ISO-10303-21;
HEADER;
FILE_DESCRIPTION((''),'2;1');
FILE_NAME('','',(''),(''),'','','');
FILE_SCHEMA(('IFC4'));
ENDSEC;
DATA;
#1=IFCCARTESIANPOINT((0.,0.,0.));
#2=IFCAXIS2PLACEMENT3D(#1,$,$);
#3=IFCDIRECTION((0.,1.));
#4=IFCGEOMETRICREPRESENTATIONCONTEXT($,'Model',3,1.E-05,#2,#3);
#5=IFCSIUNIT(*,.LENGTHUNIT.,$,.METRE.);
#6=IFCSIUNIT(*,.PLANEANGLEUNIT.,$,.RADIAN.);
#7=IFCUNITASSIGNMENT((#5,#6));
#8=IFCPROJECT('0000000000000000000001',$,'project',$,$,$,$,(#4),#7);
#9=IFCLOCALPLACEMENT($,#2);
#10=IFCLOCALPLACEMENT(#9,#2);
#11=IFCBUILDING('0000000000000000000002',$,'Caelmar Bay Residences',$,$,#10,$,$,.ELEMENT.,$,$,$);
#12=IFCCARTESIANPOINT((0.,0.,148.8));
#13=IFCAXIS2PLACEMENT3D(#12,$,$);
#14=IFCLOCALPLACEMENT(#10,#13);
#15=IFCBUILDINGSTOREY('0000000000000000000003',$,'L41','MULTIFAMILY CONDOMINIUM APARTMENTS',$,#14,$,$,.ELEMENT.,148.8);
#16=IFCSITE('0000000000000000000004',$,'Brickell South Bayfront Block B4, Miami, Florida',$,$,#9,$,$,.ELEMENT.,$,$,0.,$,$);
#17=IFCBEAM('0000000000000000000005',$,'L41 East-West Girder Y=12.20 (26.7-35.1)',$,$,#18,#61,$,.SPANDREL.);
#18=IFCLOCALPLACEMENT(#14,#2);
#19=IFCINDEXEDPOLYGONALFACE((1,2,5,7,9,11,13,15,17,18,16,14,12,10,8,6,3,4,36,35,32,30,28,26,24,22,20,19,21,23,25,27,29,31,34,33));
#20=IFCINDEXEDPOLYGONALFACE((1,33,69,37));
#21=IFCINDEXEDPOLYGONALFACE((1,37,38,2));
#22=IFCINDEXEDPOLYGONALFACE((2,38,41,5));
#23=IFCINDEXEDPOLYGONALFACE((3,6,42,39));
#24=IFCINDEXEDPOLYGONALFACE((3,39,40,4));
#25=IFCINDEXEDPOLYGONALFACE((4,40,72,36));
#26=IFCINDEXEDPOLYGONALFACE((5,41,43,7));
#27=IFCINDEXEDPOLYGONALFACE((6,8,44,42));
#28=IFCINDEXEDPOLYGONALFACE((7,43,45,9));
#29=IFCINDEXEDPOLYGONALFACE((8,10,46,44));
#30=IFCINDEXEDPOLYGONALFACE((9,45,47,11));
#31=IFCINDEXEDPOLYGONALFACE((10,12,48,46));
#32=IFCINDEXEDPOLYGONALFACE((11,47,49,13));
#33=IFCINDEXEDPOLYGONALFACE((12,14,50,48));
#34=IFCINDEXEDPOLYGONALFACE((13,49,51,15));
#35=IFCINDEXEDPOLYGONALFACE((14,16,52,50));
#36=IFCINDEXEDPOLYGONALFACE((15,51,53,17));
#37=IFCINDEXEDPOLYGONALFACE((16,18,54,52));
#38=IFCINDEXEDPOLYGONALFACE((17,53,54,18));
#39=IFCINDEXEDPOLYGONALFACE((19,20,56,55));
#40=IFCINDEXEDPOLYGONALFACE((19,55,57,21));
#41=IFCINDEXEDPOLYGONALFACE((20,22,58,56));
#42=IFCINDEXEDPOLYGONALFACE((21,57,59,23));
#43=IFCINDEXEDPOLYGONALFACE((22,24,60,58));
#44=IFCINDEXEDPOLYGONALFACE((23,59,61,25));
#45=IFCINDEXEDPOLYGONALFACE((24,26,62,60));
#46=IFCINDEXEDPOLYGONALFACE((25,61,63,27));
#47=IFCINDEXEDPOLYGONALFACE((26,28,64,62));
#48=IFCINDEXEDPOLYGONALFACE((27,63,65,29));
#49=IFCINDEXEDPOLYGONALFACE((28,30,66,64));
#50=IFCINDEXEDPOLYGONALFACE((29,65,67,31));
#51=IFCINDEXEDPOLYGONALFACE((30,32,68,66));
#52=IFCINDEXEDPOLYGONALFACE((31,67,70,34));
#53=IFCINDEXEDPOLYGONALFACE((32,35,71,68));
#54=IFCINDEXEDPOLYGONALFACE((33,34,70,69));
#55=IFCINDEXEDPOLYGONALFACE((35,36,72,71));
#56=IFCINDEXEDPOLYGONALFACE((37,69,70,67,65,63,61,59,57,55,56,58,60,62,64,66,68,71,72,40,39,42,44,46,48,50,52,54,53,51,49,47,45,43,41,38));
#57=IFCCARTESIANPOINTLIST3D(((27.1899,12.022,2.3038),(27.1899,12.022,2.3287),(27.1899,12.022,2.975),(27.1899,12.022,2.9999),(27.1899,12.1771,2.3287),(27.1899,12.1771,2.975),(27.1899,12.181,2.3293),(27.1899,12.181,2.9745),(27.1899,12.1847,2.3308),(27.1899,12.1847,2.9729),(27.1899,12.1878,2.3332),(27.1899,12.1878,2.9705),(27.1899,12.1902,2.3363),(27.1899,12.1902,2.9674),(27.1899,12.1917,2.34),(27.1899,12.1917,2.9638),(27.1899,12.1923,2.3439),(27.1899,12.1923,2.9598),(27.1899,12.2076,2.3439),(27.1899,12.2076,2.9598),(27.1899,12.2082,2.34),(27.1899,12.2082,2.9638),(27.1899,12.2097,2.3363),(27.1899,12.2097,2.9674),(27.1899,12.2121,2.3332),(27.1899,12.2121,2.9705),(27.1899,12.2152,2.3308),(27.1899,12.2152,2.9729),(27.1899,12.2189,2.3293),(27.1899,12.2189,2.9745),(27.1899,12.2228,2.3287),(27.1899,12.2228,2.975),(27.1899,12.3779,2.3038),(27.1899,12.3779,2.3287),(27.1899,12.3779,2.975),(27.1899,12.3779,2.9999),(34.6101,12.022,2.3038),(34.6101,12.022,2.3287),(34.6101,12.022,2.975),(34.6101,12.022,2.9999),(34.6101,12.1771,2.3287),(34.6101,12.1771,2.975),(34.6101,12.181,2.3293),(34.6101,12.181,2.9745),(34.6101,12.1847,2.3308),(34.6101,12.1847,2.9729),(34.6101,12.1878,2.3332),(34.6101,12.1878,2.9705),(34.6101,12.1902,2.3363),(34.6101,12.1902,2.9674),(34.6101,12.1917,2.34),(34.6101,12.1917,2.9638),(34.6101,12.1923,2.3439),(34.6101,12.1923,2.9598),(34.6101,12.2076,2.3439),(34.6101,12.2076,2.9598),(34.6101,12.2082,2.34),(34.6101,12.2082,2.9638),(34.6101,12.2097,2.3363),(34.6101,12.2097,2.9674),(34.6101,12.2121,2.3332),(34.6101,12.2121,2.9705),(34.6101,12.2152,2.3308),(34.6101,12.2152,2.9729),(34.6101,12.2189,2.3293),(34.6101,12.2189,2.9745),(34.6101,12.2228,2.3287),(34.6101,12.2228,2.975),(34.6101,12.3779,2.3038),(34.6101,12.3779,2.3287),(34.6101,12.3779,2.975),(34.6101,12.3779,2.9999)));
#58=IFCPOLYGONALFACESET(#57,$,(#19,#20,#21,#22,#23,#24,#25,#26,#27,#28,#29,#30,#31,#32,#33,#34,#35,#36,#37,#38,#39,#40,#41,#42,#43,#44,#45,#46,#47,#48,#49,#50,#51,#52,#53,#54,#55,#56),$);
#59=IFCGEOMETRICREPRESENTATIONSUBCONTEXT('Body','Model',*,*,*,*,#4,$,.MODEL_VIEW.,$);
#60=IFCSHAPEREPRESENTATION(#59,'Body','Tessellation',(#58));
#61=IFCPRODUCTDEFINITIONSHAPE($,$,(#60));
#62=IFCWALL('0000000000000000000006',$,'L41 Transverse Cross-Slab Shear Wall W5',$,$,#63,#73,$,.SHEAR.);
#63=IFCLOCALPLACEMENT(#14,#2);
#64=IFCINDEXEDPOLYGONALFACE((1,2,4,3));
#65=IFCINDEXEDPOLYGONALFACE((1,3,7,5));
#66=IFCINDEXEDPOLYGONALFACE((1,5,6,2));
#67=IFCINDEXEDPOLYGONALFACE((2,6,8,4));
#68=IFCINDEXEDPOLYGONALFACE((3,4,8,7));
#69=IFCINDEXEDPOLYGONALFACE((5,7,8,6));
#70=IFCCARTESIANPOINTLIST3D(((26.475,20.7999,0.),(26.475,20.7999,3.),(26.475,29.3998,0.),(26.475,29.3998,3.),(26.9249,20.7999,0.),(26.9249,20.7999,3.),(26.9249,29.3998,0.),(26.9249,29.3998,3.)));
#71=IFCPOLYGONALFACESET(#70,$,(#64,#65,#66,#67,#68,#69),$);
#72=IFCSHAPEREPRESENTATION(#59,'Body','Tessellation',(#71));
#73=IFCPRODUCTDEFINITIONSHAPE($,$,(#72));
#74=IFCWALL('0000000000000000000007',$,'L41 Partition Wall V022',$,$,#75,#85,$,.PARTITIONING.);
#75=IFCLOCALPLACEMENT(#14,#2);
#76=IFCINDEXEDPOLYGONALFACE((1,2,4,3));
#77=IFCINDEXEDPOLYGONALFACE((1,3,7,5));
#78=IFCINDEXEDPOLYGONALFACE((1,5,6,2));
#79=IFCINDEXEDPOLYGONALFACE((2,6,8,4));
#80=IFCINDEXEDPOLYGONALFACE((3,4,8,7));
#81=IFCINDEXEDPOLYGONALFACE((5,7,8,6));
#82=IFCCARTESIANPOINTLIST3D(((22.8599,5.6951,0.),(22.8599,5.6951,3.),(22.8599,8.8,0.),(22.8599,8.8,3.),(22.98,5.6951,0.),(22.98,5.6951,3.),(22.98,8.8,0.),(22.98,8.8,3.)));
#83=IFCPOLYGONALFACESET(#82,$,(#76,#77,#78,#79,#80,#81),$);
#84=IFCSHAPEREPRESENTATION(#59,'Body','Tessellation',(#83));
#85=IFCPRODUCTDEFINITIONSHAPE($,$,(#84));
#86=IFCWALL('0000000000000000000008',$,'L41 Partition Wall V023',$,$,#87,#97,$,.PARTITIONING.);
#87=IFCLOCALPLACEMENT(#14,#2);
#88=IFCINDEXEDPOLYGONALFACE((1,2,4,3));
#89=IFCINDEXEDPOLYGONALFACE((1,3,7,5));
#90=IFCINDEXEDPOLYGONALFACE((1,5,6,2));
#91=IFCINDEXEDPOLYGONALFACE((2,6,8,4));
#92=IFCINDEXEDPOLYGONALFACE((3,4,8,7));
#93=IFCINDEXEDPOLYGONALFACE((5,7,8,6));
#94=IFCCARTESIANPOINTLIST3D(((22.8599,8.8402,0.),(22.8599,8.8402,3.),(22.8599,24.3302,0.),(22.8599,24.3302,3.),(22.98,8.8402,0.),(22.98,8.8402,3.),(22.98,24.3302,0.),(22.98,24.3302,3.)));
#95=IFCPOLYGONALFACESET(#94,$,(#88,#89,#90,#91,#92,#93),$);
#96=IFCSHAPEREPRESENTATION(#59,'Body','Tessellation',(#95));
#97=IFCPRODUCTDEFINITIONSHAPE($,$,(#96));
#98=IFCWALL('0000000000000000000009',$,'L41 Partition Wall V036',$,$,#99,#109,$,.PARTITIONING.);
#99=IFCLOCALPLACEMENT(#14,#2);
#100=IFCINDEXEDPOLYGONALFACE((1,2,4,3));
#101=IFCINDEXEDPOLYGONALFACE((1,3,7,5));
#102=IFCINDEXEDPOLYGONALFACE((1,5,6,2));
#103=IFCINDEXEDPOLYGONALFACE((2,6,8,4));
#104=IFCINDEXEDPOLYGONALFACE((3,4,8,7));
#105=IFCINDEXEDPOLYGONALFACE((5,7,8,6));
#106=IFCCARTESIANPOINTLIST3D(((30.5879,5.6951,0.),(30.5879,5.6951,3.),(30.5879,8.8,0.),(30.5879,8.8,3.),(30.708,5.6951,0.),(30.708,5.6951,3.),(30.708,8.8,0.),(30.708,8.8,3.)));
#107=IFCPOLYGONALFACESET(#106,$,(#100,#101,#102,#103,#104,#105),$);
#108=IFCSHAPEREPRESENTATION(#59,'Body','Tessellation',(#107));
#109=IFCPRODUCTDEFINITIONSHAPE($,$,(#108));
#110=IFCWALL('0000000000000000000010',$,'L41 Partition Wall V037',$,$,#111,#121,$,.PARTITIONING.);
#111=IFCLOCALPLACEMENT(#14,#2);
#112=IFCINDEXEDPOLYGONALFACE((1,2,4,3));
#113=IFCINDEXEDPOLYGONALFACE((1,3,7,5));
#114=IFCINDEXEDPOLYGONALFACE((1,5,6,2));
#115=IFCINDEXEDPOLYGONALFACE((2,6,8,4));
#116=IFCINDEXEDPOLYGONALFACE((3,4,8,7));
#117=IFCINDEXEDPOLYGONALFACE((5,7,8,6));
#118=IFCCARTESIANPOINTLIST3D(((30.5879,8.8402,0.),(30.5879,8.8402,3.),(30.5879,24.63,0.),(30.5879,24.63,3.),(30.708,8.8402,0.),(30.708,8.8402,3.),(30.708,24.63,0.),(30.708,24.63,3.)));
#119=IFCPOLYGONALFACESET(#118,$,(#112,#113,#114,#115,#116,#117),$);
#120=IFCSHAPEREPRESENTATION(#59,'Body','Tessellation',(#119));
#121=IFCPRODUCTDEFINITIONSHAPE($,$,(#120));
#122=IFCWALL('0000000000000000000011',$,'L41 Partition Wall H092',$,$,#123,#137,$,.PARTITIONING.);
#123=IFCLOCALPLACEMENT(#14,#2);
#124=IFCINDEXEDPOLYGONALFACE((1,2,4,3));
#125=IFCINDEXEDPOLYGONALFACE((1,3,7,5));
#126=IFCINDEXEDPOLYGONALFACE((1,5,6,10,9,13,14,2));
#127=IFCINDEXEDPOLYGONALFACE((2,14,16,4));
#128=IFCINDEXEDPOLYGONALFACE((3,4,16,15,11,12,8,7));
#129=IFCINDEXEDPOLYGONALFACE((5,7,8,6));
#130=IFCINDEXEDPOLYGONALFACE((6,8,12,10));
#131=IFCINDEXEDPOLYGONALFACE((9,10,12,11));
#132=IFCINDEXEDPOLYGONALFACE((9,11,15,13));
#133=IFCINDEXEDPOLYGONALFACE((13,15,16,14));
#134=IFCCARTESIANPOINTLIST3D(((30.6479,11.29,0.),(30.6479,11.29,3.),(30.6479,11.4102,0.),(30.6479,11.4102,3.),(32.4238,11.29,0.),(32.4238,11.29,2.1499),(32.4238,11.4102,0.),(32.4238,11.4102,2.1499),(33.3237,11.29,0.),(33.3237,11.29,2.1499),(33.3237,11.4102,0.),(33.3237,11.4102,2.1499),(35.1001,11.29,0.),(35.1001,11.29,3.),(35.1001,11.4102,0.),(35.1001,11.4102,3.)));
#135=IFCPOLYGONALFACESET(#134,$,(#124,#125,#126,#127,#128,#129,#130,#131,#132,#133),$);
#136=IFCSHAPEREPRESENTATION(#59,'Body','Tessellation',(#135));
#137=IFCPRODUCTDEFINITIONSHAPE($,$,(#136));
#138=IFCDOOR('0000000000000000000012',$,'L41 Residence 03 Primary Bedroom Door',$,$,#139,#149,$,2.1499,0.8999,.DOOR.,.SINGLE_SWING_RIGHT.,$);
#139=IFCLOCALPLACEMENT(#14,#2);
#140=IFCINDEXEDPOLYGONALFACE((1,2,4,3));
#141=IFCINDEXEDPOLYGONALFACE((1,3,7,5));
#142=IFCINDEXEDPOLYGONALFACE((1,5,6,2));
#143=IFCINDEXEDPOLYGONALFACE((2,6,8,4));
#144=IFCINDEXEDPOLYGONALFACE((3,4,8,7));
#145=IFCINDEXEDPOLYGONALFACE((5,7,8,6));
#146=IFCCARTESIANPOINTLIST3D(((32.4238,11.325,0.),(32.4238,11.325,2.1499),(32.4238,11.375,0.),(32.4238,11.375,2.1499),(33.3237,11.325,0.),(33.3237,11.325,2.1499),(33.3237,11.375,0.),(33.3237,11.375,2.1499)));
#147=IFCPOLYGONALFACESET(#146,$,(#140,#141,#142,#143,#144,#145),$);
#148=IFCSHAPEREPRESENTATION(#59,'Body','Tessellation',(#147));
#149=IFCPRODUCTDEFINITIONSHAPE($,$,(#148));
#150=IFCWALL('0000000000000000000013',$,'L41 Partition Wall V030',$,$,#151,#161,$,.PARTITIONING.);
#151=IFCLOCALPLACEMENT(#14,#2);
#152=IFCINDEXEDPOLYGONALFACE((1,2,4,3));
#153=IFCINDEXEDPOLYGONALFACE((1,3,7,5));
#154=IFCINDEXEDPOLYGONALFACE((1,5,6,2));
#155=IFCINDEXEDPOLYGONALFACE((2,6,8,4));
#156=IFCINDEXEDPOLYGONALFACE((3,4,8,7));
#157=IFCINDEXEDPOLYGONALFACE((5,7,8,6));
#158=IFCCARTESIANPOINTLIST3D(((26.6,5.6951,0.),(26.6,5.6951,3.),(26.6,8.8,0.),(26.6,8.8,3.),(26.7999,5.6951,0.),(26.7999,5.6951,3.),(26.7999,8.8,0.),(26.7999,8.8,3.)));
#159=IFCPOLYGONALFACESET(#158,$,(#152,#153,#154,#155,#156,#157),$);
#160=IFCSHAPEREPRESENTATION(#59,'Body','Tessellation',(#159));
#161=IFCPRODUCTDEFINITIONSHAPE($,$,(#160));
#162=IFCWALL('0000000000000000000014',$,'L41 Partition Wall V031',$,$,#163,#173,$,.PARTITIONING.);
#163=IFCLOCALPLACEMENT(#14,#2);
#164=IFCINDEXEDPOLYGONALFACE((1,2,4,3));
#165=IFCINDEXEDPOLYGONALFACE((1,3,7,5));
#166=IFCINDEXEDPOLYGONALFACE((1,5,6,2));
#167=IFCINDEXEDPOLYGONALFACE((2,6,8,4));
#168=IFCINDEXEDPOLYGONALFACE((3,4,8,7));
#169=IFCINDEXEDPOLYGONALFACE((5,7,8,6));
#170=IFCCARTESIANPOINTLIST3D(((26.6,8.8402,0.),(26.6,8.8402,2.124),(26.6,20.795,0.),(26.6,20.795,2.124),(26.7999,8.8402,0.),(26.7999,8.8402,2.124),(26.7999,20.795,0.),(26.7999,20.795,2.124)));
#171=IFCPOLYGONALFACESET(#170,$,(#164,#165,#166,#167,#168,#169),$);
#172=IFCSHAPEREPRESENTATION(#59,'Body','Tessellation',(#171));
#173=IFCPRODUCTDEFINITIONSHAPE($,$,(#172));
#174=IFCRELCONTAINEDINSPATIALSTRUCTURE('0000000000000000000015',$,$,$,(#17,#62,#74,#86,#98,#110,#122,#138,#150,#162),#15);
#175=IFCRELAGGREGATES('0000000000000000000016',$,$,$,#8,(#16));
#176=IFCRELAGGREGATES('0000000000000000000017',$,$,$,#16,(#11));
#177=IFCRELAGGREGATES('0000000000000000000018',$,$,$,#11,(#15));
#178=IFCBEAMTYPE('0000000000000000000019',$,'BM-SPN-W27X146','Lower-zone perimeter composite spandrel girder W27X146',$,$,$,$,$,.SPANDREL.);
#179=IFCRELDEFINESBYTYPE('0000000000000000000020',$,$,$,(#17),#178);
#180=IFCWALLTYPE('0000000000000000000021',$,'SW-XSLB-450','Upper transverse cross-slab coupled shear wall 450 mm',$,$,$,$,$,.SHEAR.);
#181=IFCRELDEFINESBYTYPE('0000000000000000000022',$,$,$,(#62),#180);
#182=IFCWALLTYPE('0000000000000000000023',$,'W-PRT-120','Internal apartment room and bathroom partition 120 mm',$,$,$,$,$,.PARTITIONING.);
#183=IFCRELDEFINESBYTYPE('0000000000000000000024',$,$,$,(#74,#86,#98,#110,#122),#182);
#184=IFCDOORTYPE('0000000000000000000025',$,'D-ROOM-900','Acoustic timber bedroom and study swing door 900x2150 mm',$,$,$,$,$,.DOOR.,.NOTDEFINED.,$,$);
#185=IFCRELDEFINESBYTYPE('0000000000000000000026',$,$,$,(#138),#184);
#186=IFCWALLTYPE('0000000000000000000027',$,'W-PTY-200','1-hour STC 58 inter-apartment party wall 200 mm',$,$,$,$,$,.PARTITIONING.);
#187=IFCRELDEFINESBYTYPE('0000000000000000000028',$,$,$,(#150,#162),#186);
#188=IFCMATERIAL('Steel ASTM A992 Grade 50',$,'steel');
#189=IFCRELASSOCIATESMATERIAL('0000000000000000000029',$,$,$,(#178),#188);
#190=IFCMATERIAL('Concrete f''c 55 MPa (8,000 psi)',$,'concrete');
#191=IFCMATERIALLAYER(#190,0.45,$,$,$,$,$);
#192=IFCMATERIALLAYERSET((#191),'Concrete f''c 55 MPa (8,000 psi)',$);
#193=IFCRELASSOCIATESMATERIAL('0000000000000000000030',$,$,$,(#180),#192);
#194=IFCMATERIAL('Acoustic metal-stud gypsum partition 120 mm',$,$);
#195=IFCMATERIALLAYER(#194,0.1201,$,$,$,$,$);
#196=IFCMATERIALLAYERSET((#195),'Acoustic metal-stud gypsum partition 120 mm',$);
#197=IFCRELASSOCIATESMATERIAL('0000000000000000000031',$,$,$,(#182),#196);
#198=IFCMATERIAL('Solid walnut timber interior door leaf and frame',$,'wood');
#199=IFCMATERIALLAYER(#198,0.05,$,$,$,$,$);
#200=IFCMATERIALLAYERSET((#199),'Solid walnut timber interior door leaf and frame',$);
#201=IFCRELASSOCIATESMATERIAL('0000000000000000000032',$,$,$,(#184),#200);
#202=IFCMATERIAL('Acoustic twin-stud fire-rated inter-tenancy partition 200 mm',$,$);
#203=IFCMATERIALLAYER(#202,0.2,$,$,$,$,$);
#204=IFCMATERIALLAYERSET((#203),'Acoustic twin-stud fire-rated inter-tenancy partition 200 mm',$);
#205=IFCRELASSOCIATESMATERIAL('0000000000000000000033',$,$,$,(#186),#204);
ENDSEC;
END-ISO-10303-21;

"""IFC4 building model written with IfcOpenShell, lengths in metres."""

from ifc_helpers import new_model, si_unit, direction, frame, frame_2d, origin, origin_2d, place, context, subcontext, project, spatial, rectangle, i_section, extrude, material, layer, layer_set, material_profile, profile_set, type_object, element, fill, save


model = new_model("IFC4")

# Units and contexts
model_context = context("Model", 3, precision=1e-05, world=origin(), true_north=direction((0.0, 1.0)))
body_context = subcontext(model_context, "Body", "Model", "MODEL_VIEW")
ifc_project = project(units=[si_unit("LENGTHUNIT", "METRE"), si_unit("PLANEANGLEUNIT", "RADIAN")], contexts=[model_context])

# Site, building, storey
site_placement = place(None, origin())
site = spatial("IfcSite", under=ifc_project, at=site_placement, Name="Brickell South Bayfront Block B4, Miami, Florida", CompositionType="ELEMENT", RefElevation=0.0)
building_placement = place(site_placement, origin())
building = spatial("IfcBuilding", under=site, at=building_placement, Name="Caelmar Bay Residences", CompositionType="ELEMENT")
storey_placement = place(building_placement, frame((0.0, 0.0, 148.8)))
storey = spatial("IfcBuildingStorey", under=building, at=storey_placement, Name="L41", Description="MULTIFAMILY CONDOMINIUM APARTMENTS", CompositionType="ELEMENT", Elevation=148.8)

# Beam
ifc_material_1 = material(Name="Steel ASTM A992 Grade 50", Category="steel")
ifc_material_profile_1 = material_profile(ifc_material_1, i_section(OverallWidth=0.356, OverallDepth=0.696, WebThickness=0.0154, FlangeThickness=0.0249, FilletRadius=0.0151, at=origin_2d()), Name="W27X146")
ifc_profile_set_1 = profile_set([ifc_material_profile_1], Name="Steel ASTM A992 Grade 50")
beam_type_1 = type_object("IfcBeamType", Name="BM-SPN-W27X146", Description="Lower-zone perimeter composite spandrel girder W27X146", PredefinedType="SPANDREL", material=ifc_profile_set_1)
beam_1_placement = place(storey_placement, frame((27.1899, 12.2, 2.6519), z_axis=(1.0, 0.0, 0.0), x_axis=(0.0, 1.0, 0.0)))
element("IfcBeam", 1, at=beam_1_placement, inside=storey, type_object=beam_type_1, Name="L41 East-West Girder Y=12.20 (26.7-35.1)", PredefinedType="SPANDREL", context=body_context, shape_type="SweptSolid", body=[
    extrude(i_section(OverallWidth=0.356, OverallDepth=0.696, WebThickness=0.0154, FlangeThickness=0.0249, FilletRadius=0.0151, at=origin_2d()), origin(), (0.0, 0.0, 1.0), 7.4202),
])

# Walls
ifc_material_2 = material(Name="Concrete f'c 55 MPa (8,000 psi)", Category="concrete")
ifc_layer_1 = layer(ifc_material_2, 0.45)
ifc_layer_set_1 = layer_set([ifc_layer_1], Name="Concrete f'c 55 MPa (8,000 psi)")
wall_type_1 = type_object("IfcWallType", Name="SW-XSLB-450", Description="Upper transverse cross-slab coupled shear wall 450 mm", PredefinedType="SHEAR", material=ifc_layer_set_1)
wall_1_placement = place(storey_placement, frame((26.7, 20.8, 0.0), z_axis=(0.0, 0.0, 1.0), x_axis=(0.0, 1.0, 0.0)))
element("IfcWall", 2, at=wall_1_placement, inside=storey, type_object=wall_type_1, Name="L41 Transverse Cross-Slab Shear Wall W5", PredefinedType="SHEAR", context=body_context, shape_type="SweptSolid", body=[
    extrude(rectangle(XDim=8.5999, YDim=0.45, at=frame_2d((4.2998, 0.0))), origin(), (0.0, 0.0, 1.0), 3.0),
])
ifc_material_3 = material(Name="Acoustic metal-stud gypsum partition 120 mm")
ifc_layer_2 = layer(ifc_material_3, 0.1201)
ifc_layer_set_2 = layer_set([ifc_layer_2], Name="Acoustic metal-stud gypsum partition 120 mm")
wall_type_2 = type_object("IfcWallType", Name="W-PRT-120", Description="Internal apartment room and bathroom partition 120 mm", PredefinedType="PARTITIONING", material=ifc_layer_set_2)
wall_2_placement = place(storey_placement, frame((22.9199, 5.6951, 0.0), z_axis=(0.0, 0.0, 1.0), x_axis=(0.0, 1.0, 0.0)))
element("IfcWall", 3, at=wall_2_placement, inside=storey, type_object=wall_type_2, Name="L41 Partition Wall V022", PredefinedType="PARTITIONING", context=body_context, shape_type="SweptSolid", body=[
    extrude(rectangle(XDim=3.105, YDim=0.1201, at=frame_2d((1.5525, 0.0))), origin(), (0.0, 0.0, 1.0), 3.0),
])
wall_3_placement = place(storey_placement, frame((22.9199, 8.8401, 0.0), z_axis=(0.0, 0.0, 1.0), x_axis=(0.0, 1.0, 0.0)))
element("IfcWall", 4, at=wall_3_placement, inside=storey, type_object=wall_type_2, Name="L41 Partition Wall V023", PredefinedType="PARTITIONING", context=body_context, shape_type="SweptSolid", body=[
    extrude(rectangle(XDim=15.49, YDim=0.1201, at=frame_2d((7.7451, 0.0))), origin(), (0.0, 0.0, 1.0), 3.0),
])
wall_4_placement = place(storey_placement, frame((30.6479, 5.6951, 0.0), z_axis=(0.0, 0.0, 1.0), x_axis=(0.0, 1.0, 0.0)))
element("IfcWall", 5, at=wall_4_placement, inside=storey, type_object=wall_type_2, Name="L41 Partition Wall V036", PredefinedType="PARTITIONING", context=body_context, shape_type="SweptSolid", body=[
    extrude(rectangle(XDim=3.105, YDim=0.1201, at=frame_2d((1.5525, 0.0))), origin(), (0.0, 0.0, 1.0), 3.0),
])
wall_5_placement = place(storey_placement, frame((30.6479, 8.8401, 0.0), z_axis=(0.0, 0.0, 1.0), x_axis=(0.0, 1.0, 0.0)))
element("IfcWall", 6, at=wall_5_placement, inside=storey, type_object=wall_type_2, Name="L41 Partition Wall V037", PredefinedType="PARTITIONING", context=body_context, shape_type="SweptSolid", body=[
    extrude(rectangle(XDim=15.7898, YDim=0.1201, at=frame_2d((7.895, 0.0))), origin(), (0.0, 0.0, 1.0), 3.0),
])

# Wall, opening, door
ifc_material_4 = material(Name="Solid walnut timber interior door leaf and frame", Category="wood")
ifc_layer_3 = layer(ifc_material_4, 0.05)
ifc_layer_set_3 = layer_set([ifc_layer_3], Name="Solid walnut timber interior door leaf and frame")
door_type = type_object("IfcDoorType", Name="D-ROOM-900", Description="Acoustic timber bedroom and study swing door 900x2150 mm", OperationType="NOTDEFINED", PredefinedType="DOOR", material=ifc_layer_set_3)
wall_6_placement = place(storey_placement, frame((30.6479, 11.3501, 0.0), z_axis=(0.0, 0.0, 1.0), x_axis=(1.0, 0.0, 0.0)))
wall_6 = element("IfcWall", 7, at=wall_6_placement, inside=storey, type_object=wall_type_2, Name="L41 Partition Wall H092", PredefinedType="PARTITIONING", context=body_context, shape_type="SweptSolid", body=[
    extrude(rectangle(XDim=4.4521, YDim=0.1201, at=frame_2d((2.2261, 0.0))), origin(), (0.0, 0.0, 1.0), 3.0),
])
opening_1_placement = place(wall_6_placement, frame((1.7759, 0.0, 0.0)))
opening_1 = element("IfcOpeningElement", 8, at=opening_1_placement, cuts=wall_6, PredefinedType="OPENING", context=body_context, shape_type="SweptSolid", body=[
    extrude(rectangle(XDim=0.8999, YDim=2.1499, at=frame_2d((0.45, 1.075))), frame((0.0, 0.0701, 0.0), z_axis=(0.0, -1.0, 0.0), x_axis=(1.0, 0.0, 0.0)), (0.0, 0.0, 1.0), 0.1401),
])
door_1_placement = place(opening_1_placement, origin())
door_1 = element("IfcDoor", 9, at=door_1_placement, inside=storey, type_object=door_type, Name="L41 Residence 03 Primary Bedroom Door", OperationType="SINGLE_SWING_RIGHT", OverallHeight=2.1499, OverallWidth=0.8999, PredefinedType="DOOR", context=body_context, shape_type="SweptSolid", body=[
    extrude(rectangle(XDim=0.8999, YDim=2.1499, at=frame_2d((0.45, 1.075))), frame((0.0, 0.0249, 0.0), z_axis=(0.0, -1.0, 0.0), x_axis=(1.0, 0.0, 0.0)), (0.0, 0.0, 1.0), 0.05),
])
fill(opening_1, door_1)

# Walls
ifc_material_5 = material(Name="Acoustic twin-stud fire-rated inter-tenancy partition 200 mm")
ifc_layer_4 = layer(ifc_material_5, 0.2)
ifc_layer_set_4 = layer_set([ifc_layer_4], Name="Acoustic twin-stud fire-rated inter-tenancy partition 200 mm")
wall_type_3 = type_object("IfcWallType", Name="W-PTY-200", Description="1-hour STC 58 inter-apartment party wall 200 mm", PredefinedType="PARTITIONING", material=ifc_layer_set_4)
wall_7_placement = place(storey_placement, frame((26.7, 5.6951, 0.0), z_axis=(0.0, 0.0, 1.0), x_axis=(0.0, 1.0, 0.0)))
element("IfcWall", 10, at=wall_7_placement, inside=storey, type_object=wall_type_3, Name="L41 Partition Wall V030", PredefinedType="PARTITIONING", context=body_context, shape_type="SweptSolid", body=[
    extrude(rectangle(XDim=3.105, YDim=0.2, at=frame_2d((1.5525, 0.0))), origin(), (0.0, 0.0, 1.0), 3.0),
])
wall_8_placement = place(storey_placement, frame((26.7, 8.8401, 0.0), z_axis=(0.0, 0.0, 1.0), x_axis=(0.0, 1.0, 0.0)))
element("IfcWall", 11, at=wall_8_placement, inside=storey, type_object=wall_type_3, Name="L41 Partition Wall V031", PredefinedType="PARTITIONING", context=body_context, shape_type="SweptSolid", body=[
    extrude(rectangle(XDim=11.9548, YDim=0.2, at=frame_2d((5.9775, 0.0))), origin(), (0.0, 0.0, 1.0), 2.124),
])

save(model, "model.ifc")
